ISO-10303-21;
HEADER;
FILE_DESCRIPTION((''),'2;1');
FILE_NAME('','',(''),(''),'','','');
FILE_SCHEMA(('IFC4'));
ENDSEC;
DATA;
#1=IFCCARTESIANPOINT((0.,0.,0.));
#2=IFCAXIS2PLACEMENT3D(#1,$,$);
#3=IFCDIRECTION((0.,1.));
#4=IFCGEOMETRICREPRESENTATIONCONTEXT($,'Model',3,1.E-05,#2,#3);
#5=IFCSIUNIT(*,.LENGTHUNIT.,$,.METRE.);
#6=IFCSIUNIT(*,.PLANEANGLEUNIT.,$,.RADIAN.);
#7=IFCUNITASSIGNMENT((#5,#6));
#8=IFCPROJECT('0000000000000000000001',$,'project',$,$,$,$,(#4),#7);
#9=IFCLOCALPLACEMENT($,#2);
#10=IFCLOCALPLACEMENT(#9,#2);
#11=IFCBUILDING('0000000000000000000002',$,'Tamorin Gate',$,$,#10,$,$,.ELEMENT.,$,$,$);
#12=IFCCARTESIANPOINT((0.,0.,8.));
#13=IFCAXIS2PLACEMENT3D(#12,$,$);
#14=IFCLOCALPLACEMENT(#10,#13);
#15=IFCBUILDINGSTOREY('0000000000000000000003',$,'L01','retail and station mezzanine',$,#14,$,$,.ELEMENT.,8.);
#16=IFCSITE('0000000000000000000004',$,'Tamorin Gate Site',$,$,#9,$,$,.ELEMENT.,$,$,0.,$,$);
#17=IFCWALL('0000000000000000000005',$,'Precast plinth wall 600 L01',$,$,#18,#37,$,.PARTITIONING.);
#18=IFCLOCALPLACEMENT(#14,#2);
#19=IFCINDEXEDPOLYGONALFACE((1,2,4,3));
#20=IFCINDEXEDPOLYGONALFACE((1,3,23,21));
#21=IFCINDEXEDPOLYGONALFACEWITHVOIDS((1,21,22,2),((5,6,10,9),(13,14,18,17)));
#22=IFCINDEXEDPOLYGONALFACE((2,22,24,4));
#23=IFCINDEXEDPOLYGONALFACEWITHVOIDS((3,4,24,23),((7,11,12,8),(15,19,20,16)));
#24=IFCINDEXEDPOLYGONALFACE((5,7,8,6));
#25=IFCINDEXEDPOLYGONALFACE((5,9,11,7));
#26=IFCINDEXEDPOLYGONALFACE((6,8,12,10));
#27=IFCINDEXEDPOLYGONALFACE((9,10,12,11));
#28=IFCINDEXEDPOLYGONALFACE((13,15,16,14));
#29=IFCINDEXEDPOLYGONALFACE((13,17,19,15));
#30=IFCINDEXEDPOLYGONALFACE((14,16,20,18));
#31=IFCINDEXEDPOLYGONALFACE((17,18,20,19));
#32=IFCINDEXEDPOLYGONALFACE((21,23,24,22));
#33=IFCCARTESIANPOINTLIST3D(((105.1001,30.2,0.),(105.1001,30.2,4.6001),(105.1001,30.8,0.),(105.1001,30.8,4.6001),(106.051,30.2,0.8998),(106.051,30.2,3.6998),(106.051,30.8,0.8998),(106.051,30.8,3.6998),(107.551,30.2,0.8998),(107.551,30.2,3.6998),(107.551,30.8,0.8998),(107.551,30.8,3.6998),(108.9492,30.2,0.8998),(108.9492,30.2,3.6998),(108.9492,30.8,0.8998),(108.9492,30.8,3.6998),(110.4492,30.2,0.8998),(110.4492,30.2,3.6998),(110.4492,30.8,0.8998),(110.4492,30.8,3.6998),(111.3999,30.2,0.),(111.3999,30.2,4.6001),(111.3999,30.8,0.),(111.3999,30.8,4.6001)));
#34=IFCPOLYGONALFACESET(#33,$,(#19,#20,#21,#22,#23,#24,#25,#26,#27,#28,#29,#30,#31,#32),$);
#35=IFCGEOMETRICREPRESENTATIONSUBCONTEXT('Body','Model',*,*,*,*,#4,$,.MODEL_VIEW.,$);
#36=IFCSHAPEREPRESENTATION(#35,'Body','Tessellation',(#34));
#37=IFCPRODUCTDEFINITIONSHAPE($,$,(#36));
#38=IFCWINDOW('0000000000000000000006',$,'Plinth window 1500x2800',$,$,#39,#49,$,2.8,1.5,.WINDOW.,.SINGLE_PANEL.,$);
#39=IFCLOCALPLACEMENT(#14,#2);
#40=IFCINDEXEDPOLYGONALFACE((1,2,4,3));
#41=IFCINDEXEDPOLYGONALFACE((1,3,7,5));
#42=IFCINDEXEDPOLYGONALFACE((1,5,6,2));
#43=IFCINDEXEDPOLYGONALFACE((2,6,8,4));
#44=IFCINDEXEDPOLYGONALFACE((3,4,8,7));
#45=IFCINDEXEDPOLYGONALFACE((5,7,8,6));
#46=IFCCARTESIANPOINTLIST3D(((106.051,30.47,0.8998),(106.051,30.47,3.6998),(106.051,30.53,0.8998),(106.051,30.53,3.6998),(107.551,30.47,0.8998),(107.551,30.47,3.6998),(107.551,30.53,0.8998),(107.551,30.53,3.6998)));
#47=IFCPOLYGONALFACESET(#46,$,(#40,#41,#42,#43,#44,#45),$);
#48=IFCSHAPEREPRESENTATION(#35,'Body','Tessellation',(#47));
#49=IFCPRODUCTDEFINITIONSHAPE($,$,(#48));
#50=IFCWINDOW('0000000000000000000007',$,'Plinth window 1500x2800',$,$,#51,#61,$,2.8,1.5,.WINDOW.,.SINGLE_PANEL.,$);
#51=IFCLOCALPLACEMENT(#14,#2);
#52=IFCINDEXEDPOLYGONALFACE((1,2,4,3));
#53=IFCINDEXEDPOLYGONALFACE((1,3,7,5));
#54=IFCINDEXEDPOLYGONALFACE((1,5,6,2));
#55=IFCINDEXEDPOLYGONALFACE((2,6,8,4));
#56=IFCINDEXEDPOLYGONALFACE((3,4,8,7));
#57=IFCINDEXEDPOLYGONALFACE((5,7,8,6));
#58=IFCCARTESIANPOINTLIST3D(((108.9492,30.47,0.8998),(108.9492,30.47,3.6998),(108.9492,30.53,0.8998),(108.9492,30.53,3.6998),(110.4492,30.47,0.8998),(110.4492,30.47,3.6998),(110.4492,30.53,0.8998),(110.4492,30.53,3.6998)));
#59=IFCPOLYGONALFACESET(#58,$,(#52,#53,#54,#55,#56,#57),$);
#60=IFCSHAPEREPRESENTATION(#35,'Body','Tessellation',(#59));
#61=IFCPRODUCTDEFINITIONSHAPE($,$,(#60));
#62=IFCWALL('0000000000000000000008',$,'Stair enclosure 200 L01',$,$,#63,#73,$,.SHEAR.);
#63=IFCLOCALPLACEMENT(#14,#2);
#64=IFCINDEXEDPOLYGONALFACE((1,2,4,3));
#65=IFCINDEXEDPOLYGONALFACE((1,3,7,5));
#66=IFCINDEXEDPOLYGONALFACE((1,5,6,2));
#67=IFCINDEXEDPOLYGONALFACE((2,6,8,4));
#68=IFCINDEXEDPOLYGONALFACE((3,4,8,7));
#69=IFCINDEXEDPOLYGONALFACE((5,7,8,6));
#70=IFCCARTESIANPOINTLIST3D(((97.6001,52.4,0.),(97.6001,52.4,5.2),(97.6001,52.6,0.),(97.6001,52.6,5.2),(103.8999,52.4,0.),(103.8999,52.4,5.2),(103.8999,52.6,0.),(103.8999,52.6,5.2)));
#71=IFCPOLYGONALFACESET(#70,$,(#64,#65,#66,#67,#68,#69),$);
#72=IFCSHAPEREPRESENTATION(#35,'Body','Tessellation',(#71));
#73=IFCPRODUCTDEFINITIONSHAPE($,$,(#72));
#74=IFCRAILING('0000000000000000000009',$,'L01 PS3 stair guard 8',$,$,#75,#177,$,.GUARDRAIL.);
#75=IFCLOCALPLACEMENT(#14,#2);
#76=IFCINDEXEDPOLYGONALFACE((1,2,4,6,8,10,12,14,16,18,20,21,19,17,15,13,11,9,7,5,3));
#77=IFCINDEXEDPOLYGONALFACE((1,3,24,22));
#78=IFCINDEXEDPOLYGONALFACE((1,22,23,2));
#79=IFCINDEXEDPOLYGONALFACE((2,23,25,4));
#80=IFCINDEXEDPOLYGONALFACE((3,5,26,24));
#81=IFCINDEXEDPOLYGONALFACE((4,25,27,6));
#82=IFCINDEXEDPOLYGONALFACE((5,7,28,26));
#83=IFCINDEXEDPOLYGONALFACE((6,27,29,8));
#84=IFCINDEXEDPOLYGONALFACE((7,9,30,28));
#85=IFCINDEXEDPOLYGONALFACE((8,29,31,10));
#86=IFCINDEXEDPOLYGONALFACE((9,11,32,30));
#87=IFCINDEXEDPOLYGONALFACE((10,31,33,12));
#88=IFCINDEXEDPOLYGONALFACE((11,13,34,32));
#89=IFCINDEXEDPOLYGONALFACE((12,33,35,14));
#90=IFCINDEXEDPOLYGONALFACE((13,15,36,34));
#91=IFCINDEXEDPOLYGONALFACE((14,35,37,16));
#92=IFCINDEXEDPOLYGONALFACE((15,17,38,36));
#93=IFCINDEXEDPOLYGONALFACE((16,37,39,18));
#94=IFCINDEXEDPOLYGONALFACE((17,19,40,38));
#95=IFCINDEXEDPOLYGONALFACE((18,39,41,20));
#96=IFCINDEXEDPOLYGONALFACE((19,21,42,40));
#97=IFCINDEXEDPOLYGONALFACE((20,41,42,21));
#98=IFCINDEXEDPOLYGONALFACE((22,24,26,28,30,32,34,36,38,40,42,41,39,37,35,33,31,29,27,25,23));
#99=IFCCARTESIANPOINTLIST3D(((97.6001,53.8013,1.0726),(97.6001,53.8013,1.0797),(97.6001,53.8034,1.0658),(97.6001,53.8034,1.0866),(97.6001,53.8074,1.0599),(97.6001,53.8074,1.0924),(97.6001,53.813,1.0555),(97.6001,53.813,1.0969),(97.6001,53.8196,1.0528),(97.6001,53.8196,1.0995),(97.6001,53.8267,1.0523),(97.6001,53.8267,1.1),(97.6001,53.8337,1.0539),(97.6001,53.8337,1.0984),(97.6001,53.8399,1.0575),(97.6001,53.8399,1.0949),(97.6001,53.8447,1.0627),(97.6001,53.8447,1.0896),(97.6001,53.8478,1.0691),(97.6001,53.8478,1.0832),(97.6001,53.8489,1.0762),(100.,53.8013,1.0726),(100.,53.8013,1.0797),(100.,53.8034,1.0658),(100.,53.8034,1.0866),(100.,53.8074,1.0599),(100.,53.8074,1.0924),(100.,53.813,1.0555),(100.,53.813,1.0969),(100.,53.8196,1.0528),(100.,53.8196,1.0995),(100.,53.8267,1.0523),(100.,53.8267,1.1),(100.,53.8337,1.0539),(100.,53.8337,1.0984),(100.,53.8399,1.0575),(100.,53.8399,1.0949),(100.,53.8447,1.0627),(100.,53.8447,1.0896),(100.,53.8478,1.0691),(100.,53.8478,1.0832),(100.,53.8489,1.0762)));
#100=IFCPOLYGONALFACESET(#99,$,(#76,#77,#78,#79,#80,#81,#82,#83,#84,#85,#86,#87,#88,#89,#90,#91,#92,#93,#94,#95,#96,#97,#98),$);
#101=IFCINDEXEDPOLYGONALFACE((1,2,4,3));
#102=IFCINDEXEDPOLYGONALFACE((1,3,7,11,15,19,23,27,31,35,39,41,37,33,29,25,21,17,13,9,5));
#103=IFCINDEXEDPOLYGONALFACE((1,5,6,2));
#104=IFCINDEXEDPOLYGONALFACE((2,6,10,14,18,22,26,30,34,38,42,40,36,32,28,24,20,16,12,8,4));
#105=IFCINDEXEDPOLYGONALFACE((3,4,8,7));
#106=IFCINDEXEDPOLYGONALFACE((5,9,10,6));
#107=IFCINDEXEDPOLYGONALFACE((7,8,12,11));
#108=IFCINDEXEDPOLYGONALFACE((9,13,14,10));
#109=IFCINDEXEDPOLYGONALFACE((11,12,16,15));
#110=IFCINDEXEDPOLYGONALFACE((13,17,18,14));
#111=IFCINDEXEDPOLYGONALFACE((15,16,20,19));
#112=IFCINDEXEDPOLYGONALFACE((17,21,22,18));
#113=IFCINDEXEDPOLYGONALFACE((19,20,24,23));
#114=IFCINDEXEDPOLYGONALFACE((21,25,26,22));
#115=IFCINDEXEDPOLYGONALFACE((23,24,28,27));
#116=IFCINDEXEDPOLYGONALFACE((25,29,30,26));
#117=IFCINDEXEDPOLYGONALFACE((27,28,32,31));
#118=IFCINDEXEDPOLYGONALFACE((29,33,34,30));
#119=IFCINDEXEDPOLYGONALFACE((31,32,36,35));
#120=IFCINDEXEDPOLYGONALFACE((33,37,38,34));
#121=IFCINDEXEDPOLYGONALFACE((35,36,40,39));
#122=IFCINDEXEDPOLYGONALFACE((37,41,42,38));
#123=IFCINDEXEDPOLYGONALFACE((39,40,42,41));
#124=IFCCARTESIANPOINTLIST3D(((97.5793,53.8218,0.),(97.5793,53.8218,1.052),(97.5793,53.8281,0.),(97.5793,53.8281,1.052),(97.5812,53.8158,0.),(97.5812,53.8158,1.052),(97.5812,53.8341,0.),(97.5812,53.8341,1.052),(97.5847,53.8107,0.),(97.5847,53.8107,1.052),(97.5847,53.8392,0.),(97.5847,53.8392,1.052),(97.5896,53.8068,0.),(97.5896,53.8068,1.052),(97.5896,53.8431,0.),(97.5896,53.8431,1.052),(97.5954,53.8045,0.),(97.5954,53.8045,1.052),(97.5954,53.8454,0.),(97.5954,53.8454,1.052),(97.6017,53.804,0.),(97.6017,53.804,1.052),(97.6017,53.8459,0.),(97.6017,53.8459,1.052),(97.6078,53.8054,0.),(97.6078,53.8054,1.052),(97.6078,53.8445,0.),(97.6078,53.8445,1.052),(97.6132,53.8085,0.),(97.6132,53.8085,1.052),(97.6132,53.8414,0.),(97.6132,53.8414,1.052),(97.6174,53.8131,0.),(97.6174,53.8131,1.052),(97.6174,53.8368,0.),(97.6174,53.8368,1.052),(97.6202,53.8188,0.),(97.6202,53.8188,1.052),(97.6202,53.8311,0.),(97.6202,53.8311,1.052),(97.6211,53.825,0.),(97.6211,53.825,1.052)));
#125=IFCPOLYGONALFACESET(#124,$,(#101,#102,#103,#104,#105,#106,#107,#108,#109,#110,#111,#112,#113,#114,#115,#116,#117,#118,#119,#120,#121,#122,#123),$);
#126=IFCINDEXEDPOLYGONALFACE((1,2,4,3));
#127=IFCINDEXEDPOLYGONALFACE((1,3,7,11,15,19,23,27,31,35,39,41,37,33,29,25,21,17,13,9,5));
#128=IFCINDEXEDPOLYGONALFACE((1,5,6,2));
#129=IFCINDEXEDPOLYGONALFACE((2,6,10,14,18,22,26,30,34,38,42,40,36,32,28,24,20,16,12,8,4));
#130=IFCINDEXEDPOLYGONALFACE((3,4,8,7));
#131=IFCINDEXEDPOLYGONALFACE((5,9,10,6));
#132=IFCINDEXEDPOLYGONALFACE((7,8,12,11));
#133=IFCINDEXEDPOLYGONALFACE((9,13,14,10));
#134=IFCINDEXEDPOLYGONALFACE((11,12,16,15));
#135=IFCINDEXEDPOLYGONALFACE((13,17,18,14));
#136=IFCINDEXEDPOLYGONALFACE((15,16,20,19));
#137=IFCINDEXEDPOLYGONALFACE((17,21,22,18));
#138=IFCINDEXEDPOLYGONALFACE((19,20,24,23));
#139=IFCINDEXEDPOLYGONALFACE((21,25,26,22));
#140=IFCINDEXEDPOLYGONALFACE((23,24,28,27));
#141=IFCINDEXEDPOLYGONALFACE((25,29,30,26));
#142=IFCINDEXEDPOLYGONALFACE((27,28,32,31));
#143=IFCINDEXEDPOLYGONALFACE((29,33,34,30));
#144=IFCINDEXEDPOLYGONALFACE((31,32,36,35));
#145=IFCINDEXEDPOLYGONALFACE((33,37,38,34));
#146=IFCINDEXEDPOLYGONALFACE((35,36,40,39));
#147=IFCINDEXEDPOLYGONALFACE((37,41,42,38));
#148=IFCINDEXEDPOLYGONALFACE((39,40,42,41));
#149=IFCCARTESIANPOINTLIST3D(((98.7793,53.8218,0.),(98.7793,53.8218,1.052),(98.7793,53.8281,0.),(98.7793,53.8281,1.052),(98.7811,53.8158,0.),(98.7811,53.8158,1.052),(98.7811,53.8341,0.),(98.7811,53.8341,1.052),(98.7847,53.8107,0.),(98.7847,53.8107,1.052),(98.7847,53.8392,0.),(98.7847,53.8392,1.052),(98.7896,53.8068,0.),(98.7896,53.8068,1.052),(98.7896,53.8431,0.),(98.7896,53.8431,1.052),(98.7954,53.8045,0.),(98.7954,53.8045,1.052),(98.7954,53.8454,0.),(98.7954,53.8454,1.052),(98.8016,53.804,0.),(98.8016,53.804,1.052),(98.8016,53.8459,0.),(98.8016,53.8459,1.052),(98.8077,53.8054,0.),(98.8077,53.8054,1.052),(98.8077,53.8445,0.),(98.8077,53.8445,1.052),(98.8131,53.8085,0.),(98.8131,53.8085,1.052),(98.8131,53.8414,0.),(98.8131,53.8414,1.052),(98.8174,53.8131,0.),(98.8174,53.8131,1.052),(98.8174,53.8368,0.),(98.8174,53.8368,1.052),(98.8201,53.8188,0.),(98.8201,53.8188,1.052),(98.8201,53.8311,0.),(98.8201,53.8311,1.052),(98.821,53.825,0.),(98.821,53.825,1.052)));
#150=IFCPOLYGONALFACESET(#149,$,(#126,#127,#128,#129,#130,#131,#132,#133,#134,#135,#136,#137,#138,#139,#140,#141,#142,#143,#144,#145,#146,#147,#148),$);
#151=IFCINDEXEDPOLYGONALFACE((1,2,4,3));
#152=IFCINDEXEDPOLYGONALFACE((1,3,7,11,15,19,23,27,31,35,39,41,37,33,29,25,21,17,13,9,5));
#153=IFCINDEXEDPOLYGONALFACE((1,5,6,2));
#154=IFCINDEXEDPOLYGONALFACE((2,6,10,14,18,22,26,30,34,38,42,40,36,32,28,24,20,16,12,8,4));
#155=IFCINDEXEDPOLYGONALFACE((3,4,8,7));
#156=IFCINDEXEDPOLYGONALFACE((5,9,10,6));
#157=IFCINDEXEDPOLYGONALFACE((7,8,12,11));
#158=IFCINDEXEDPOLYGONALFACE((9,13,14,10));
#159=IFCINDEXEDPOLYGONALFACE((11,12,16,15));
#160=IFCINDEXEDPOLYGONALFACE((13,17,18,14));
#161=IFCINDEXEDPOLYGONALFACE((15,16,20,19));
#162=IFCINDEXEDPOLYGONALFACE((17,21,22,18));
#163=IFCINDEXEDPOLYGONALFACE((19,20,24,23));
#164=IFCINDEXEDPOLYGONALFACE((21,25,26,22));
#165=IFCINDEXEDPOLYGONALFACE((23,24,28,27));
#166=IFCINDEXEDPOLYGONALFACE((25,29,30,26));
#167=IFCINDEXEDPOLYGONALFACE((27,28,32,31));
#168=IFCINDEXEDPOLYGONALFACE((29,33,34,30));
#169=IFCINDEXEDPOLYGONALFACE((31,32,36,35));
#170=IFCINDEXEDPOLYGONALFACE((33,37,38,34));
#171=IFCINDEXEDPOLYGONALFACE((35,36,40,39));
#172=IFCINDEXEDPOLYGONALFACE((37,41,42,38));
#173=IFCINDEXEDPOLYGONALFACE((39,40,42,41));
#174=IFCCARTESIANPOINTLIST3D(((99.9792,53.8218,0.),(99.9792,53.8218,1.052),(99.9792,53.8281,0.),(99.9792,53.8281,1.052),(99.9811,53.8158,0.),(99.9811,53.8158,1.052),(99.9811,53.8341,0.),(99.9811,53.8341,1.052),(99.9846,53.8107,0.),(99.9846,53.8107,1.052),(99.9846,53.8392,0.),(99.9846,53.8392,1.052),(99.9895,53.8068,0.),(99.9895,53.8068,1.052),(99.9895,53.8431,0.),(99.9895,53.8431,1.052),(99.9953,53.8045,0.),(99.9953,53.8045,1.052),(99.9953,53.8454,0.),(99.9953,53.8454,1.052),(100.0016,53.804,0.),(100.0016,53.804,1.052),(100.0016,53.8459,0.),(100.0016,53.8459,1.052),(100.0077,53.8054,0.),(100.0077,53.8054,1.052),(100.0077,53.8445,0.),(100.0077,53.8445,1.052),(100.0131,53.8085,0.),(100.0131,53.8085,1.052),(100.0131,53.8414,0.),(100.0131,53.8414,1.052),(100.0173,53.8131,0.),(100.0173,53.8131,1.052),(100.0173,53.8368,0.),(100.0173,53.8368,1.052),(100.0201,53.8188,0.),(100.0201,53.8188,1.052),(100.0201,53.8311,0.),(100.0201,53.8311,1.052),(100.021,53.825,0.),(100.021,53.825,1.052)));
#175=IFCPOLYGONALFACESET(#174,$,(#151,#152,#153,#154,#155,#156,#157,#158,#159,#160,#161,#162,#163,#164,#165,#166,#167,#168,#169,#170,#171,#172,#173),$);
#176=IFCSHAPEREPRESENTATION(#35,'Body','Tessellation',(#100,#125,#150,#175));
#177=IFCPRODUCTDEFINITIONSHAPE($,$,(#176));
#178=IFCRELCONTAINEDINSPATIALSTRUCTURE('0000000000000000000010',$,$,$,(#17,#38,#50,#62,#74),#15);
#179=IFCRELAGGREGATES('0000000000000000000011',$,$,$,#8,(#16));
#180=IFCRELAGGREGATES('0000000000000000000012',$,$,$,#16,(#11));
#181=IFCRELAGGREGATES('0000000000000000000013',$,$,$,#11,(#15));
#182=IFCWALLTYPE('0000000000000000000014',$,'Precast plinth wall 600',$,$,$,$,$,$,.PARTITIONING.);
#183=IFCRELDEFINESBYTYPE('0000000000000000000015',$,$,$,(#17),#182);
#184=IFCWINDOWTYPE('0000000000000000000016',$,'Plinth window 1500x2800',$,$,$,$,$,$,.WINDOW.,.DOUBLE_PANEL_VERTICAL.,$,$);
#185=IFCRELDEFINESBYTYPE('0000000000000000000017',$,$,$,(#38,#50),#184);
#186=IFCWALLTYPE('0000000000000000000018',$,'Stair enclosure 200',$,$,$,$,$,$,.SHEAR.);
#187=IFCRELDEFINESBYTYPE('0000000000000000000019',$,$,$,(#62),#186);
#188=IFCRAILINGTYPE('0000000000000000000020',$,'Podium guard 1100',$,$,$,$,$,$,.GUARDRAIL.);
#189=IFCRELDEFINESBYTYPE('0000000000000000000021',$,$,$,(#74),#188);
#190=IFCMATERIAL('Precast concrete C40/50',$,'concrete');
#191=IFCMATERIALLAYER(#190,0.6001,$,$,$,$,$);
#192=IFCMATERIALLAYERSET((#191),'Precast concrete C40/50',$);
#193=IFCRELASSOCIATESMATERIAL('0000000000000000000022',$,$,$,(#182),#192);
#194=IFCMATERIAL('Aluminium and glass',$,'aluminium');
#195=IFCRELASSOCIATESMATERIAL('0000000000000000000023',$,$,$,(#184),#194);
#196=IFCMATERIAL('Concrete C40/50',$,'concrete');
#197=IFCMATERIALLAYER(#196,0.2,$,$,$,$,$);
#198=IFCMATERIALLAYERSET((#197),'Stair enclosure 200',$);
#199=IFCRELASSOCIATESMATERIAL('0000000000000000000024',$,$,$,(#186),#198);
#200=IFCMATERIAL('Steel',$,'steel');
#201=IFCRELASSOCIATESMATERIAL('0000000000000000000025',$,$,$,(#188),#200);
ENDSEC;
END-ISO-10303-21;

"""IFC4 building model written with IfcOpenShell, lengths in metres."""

from ifc_helpers import new_model, si_unit, direction, frame, frame_2d, origin, origin_2d, place, context, subcontext, project, spatial, rectangle, circle, extrude, material, layer, layer_set, type_object, element, fill, save


model = new_model("IFC4")

# Units and contexts
model_context = context("Model", 3, precision=1e-05, world=origin(), true_north=direction((0.0, 1.0)))
body_context = subcontext(model_context, "Body", "Model", "MODEL_VIEW")
ifc_project = project(units=[si_unit("LENGTHUNIT", "METRE"), si_unit("PLANEANGLEUNIT", "RADIAN")], contexts=[model_context])

# Site, building, storey
site_placement = place(None, origin())
site = spatial("IfcSite", under=ifc_project, at=site_placement, Name="Tamorin Gate Site", CompositionType="ELEMENT", RefElevation=0.0)
building_placement = place(site_placement, origin())
building = spatial("IfcBuilding", under=site, at=building_placement, Name="Tamorin Gate", CompositionType="ELEMENT")
storey_placement = place(building_placement, frame((0.0, 0.0, 8.0)))
storey = spatial("IfcBuildingStorey", under=building, at=storey_placement, Name="L01", Description="retail and station mezzanine", CompositionType="ELEMENT", Elevation=8.0)

# Wall, openings, windows
ifc_material_1 = material(Name="Precast concrete C40/50", Category="concrete")
ifc_layer_1 = layer(ifc_material_1, 0.6001)
ifc_layer_set_1 = layer_set([ifc_layer_1], Name="Precast concrete C40/50")
wall_type_1 = type_object("IfcWallType", Name="Precast plinth wall 600", PredefinedType="PARTITIONING", material=ifc_layer_set_1)
ifc_material_2 = material(Name="Aluminium and glass", Category="aluminium")
window_type = type_object("IfcWindowType", Name="Plinth window 1500x2800", PartitioningType="DOUBLE_PANEL_VERTICAL", PredefinedType="WINDOW", material=ifc_material_2)
wall_1_placement = place(storey_placement, frame((105.1001, 30.5, 0.0), z_axis=(0.0, 0.0, 1.0), x_axis=(1.0, 0.0, 0.0)))
wall_1 = element("IfcWall", 1, at=wall_1_placement, inside=storey, type_object=wall_type_1, Name="Precast plinth wall 600 L01", PredefinedType="PARTITIONING", context=body_context, shape_type="SweptSolid", body=[
    extrude(rectangle(XDim=6.2998, YDim=0.6001, at=frame_2d((3.1499, 0.0))), origin(), (0.0, 0.0, 1.0), 4.6001),
])
opening_1_placement = place(wall_1_placement, frame((0.9509, 0.0, 0.8999)))
opening_1 = element("IfcOpeningElement", 2, at=opening_1_placement, cuts=wall_1, PredefinedType="OPENING", context=body_context, shape_type="SweptSolid", body=[
    extrude(rectangle(XDim=1.5, YDim=2.8, at=frame_2d((0.75, 1.3999))), frame((0.0, 0.3101, 0.0), z_axis=(0.0, -1.0, 0.0), x_axis=(1.0, 0.0, 0.0)), (0.0, 0.0, 1.0), 0.6201),
])
opening_2_placement = place(wall_1_placement, frame((3.8491, 0.0, 0.8999)))
opening_2 = element("IfcOpeningElement", 3, at=opening_2_placement, cuts=wall_1, PredefinedType="OPENING", context=body_context, shape_type="SweptSolid", body=[
    extrude(rectangle(XDim=1.5, YDim=2.8, at=frame_2d((0.75, 1.3999))), frame((0.0, 0.3101, 0.0), z_axis=(0.0, -1.0, 0.0), x_axis=(1.0, 0.0, 0.0)), (0.0, 0.0, 1.0), 0.6201),
])
window_1_placement = place(opening_1_placement, origin())
window_1 = element("IfcWindow", 4, at=window_1_placement, inside=storey, type_object=window_type, Name="Plinth window 1500x2800", OverallHeight=2.8, OverallWidth=1.5, PartitioningType="SINGLE_PANEL", PredefinedType="WINDOW", context=body_context, shape_type="SweptSolid", body=[
    extrude(rectangle(XDim=1.5, YDim=2.8, at=frame_2d((0.75, 1.3999))), frame((0.0, 0.03, 0.0), z_axis=(0.0, -1.0, 0.0), x_axis=(1.0, 0.0, 0.0)), (0.0, 0.0, 1.0), 0.0601),
])
fill(opening_1, window_1)
window_2_placement = place(opening_2_placement, origin())
window_2 = element("IfcWindow", 5, at=window_2_placement, inside=storey, type_object=window_type, Name="Plinth window 1500x2800", OverallHeight=2.8, OverallWidth=1.5, PartitioningType="SINGLE_PANEL", PredefinedType="WINDOW", context=body_context, shape_type="SweptSolid", body=[
    extrude(rectangle(XDim=1.5, YDim=2.8, at=frame_2d((0.75, 1.3999))), frame((0.0, 0.03, 0.0), z_axis=(0.0, -1.0, 0.0), x_axis=(1.0, 0.0, 0.0)), (0.0, 0.0, 1.0), 0.0601),
])
fill(opening_2, window_2)

# Wall
ifc_material_3 = material(Name="Concrete C40/50", Category="concrete")
ifc_layer_2 = layer(ifc_material_3, 0.2)
ifc_layer_set_2 = layer_set([ifc_layer_2], Name="Stair enclosure 200")
wall_type_2 = type_object("IfcWallType", Name="Stair enclosure 200", PredefinedType="SHEAR", material=ifc_layer_set_2)
wall_2_placement = place(storey_placement, frame((97.6001, 52.5, 0.0), z_axis=(0.0, 0.0, 1.0), x_axis=(1.0, 0.0, 0.0)))
element("IfcWall", 6, at=wall_2_placement, inside=storey, type_object=wall_type_2, Name="Stair enclosure 200 L01", PredefinedType="SHEAR", context=body_context, shape_type="SweptSolid", body=[
    extrude(rectangle(XDim=6.2998, YDim=0.2, at=frame_2d((3.1499, 0.0))), origin(), (0.0, 0.0, 1.0), 5.2),
])

# Railing
ifc_material_4 = material(Name="Steel", Category="steel")
railing_type = type_object("IfcRailingType", Name="Podium guard 1100", PredefinedType="GUARDRAIL", material=ifc_material_4)
railing_1_placement = place(storey_placement, frame((97.6001, 53.825, 0.0)))
element("IfcRailing", 7, at=railing_1_placement, inside=storey, type_object=railing_type, Name="L01 PS3 stair guard 8", PredefinedType="GUARDRAIL", context=body_context, shape_type="SweptSolid", body=[
    extrude(circle(Radius=0.0239, at=origin_2d()), frame((0.0, 0.0, 1.0762), z_axis=(1.0, 0.0, 0.0), x_axis=(0.0, 1.0, 0.0)), (0.0, 0.0, 1.0), 2.3999),
    extrude(circle(Radius=0.021, at=origin_2d()), origin(), (0.0, 0.0, 1.0), 1.052),
    extrude(circle(Radius=0.021, at=origin_2d()), frame((1.2, 0.0, 0.0)), (0.0, 0.0, 1.0), 1.052),
    extrude(circle(Radius=0.021, at=origin_2d()), frame((2.3999, 0.0, 0.0)), (0.0, 0.0, 1.0), 1.052),
])

save(model, "model.ifc")
